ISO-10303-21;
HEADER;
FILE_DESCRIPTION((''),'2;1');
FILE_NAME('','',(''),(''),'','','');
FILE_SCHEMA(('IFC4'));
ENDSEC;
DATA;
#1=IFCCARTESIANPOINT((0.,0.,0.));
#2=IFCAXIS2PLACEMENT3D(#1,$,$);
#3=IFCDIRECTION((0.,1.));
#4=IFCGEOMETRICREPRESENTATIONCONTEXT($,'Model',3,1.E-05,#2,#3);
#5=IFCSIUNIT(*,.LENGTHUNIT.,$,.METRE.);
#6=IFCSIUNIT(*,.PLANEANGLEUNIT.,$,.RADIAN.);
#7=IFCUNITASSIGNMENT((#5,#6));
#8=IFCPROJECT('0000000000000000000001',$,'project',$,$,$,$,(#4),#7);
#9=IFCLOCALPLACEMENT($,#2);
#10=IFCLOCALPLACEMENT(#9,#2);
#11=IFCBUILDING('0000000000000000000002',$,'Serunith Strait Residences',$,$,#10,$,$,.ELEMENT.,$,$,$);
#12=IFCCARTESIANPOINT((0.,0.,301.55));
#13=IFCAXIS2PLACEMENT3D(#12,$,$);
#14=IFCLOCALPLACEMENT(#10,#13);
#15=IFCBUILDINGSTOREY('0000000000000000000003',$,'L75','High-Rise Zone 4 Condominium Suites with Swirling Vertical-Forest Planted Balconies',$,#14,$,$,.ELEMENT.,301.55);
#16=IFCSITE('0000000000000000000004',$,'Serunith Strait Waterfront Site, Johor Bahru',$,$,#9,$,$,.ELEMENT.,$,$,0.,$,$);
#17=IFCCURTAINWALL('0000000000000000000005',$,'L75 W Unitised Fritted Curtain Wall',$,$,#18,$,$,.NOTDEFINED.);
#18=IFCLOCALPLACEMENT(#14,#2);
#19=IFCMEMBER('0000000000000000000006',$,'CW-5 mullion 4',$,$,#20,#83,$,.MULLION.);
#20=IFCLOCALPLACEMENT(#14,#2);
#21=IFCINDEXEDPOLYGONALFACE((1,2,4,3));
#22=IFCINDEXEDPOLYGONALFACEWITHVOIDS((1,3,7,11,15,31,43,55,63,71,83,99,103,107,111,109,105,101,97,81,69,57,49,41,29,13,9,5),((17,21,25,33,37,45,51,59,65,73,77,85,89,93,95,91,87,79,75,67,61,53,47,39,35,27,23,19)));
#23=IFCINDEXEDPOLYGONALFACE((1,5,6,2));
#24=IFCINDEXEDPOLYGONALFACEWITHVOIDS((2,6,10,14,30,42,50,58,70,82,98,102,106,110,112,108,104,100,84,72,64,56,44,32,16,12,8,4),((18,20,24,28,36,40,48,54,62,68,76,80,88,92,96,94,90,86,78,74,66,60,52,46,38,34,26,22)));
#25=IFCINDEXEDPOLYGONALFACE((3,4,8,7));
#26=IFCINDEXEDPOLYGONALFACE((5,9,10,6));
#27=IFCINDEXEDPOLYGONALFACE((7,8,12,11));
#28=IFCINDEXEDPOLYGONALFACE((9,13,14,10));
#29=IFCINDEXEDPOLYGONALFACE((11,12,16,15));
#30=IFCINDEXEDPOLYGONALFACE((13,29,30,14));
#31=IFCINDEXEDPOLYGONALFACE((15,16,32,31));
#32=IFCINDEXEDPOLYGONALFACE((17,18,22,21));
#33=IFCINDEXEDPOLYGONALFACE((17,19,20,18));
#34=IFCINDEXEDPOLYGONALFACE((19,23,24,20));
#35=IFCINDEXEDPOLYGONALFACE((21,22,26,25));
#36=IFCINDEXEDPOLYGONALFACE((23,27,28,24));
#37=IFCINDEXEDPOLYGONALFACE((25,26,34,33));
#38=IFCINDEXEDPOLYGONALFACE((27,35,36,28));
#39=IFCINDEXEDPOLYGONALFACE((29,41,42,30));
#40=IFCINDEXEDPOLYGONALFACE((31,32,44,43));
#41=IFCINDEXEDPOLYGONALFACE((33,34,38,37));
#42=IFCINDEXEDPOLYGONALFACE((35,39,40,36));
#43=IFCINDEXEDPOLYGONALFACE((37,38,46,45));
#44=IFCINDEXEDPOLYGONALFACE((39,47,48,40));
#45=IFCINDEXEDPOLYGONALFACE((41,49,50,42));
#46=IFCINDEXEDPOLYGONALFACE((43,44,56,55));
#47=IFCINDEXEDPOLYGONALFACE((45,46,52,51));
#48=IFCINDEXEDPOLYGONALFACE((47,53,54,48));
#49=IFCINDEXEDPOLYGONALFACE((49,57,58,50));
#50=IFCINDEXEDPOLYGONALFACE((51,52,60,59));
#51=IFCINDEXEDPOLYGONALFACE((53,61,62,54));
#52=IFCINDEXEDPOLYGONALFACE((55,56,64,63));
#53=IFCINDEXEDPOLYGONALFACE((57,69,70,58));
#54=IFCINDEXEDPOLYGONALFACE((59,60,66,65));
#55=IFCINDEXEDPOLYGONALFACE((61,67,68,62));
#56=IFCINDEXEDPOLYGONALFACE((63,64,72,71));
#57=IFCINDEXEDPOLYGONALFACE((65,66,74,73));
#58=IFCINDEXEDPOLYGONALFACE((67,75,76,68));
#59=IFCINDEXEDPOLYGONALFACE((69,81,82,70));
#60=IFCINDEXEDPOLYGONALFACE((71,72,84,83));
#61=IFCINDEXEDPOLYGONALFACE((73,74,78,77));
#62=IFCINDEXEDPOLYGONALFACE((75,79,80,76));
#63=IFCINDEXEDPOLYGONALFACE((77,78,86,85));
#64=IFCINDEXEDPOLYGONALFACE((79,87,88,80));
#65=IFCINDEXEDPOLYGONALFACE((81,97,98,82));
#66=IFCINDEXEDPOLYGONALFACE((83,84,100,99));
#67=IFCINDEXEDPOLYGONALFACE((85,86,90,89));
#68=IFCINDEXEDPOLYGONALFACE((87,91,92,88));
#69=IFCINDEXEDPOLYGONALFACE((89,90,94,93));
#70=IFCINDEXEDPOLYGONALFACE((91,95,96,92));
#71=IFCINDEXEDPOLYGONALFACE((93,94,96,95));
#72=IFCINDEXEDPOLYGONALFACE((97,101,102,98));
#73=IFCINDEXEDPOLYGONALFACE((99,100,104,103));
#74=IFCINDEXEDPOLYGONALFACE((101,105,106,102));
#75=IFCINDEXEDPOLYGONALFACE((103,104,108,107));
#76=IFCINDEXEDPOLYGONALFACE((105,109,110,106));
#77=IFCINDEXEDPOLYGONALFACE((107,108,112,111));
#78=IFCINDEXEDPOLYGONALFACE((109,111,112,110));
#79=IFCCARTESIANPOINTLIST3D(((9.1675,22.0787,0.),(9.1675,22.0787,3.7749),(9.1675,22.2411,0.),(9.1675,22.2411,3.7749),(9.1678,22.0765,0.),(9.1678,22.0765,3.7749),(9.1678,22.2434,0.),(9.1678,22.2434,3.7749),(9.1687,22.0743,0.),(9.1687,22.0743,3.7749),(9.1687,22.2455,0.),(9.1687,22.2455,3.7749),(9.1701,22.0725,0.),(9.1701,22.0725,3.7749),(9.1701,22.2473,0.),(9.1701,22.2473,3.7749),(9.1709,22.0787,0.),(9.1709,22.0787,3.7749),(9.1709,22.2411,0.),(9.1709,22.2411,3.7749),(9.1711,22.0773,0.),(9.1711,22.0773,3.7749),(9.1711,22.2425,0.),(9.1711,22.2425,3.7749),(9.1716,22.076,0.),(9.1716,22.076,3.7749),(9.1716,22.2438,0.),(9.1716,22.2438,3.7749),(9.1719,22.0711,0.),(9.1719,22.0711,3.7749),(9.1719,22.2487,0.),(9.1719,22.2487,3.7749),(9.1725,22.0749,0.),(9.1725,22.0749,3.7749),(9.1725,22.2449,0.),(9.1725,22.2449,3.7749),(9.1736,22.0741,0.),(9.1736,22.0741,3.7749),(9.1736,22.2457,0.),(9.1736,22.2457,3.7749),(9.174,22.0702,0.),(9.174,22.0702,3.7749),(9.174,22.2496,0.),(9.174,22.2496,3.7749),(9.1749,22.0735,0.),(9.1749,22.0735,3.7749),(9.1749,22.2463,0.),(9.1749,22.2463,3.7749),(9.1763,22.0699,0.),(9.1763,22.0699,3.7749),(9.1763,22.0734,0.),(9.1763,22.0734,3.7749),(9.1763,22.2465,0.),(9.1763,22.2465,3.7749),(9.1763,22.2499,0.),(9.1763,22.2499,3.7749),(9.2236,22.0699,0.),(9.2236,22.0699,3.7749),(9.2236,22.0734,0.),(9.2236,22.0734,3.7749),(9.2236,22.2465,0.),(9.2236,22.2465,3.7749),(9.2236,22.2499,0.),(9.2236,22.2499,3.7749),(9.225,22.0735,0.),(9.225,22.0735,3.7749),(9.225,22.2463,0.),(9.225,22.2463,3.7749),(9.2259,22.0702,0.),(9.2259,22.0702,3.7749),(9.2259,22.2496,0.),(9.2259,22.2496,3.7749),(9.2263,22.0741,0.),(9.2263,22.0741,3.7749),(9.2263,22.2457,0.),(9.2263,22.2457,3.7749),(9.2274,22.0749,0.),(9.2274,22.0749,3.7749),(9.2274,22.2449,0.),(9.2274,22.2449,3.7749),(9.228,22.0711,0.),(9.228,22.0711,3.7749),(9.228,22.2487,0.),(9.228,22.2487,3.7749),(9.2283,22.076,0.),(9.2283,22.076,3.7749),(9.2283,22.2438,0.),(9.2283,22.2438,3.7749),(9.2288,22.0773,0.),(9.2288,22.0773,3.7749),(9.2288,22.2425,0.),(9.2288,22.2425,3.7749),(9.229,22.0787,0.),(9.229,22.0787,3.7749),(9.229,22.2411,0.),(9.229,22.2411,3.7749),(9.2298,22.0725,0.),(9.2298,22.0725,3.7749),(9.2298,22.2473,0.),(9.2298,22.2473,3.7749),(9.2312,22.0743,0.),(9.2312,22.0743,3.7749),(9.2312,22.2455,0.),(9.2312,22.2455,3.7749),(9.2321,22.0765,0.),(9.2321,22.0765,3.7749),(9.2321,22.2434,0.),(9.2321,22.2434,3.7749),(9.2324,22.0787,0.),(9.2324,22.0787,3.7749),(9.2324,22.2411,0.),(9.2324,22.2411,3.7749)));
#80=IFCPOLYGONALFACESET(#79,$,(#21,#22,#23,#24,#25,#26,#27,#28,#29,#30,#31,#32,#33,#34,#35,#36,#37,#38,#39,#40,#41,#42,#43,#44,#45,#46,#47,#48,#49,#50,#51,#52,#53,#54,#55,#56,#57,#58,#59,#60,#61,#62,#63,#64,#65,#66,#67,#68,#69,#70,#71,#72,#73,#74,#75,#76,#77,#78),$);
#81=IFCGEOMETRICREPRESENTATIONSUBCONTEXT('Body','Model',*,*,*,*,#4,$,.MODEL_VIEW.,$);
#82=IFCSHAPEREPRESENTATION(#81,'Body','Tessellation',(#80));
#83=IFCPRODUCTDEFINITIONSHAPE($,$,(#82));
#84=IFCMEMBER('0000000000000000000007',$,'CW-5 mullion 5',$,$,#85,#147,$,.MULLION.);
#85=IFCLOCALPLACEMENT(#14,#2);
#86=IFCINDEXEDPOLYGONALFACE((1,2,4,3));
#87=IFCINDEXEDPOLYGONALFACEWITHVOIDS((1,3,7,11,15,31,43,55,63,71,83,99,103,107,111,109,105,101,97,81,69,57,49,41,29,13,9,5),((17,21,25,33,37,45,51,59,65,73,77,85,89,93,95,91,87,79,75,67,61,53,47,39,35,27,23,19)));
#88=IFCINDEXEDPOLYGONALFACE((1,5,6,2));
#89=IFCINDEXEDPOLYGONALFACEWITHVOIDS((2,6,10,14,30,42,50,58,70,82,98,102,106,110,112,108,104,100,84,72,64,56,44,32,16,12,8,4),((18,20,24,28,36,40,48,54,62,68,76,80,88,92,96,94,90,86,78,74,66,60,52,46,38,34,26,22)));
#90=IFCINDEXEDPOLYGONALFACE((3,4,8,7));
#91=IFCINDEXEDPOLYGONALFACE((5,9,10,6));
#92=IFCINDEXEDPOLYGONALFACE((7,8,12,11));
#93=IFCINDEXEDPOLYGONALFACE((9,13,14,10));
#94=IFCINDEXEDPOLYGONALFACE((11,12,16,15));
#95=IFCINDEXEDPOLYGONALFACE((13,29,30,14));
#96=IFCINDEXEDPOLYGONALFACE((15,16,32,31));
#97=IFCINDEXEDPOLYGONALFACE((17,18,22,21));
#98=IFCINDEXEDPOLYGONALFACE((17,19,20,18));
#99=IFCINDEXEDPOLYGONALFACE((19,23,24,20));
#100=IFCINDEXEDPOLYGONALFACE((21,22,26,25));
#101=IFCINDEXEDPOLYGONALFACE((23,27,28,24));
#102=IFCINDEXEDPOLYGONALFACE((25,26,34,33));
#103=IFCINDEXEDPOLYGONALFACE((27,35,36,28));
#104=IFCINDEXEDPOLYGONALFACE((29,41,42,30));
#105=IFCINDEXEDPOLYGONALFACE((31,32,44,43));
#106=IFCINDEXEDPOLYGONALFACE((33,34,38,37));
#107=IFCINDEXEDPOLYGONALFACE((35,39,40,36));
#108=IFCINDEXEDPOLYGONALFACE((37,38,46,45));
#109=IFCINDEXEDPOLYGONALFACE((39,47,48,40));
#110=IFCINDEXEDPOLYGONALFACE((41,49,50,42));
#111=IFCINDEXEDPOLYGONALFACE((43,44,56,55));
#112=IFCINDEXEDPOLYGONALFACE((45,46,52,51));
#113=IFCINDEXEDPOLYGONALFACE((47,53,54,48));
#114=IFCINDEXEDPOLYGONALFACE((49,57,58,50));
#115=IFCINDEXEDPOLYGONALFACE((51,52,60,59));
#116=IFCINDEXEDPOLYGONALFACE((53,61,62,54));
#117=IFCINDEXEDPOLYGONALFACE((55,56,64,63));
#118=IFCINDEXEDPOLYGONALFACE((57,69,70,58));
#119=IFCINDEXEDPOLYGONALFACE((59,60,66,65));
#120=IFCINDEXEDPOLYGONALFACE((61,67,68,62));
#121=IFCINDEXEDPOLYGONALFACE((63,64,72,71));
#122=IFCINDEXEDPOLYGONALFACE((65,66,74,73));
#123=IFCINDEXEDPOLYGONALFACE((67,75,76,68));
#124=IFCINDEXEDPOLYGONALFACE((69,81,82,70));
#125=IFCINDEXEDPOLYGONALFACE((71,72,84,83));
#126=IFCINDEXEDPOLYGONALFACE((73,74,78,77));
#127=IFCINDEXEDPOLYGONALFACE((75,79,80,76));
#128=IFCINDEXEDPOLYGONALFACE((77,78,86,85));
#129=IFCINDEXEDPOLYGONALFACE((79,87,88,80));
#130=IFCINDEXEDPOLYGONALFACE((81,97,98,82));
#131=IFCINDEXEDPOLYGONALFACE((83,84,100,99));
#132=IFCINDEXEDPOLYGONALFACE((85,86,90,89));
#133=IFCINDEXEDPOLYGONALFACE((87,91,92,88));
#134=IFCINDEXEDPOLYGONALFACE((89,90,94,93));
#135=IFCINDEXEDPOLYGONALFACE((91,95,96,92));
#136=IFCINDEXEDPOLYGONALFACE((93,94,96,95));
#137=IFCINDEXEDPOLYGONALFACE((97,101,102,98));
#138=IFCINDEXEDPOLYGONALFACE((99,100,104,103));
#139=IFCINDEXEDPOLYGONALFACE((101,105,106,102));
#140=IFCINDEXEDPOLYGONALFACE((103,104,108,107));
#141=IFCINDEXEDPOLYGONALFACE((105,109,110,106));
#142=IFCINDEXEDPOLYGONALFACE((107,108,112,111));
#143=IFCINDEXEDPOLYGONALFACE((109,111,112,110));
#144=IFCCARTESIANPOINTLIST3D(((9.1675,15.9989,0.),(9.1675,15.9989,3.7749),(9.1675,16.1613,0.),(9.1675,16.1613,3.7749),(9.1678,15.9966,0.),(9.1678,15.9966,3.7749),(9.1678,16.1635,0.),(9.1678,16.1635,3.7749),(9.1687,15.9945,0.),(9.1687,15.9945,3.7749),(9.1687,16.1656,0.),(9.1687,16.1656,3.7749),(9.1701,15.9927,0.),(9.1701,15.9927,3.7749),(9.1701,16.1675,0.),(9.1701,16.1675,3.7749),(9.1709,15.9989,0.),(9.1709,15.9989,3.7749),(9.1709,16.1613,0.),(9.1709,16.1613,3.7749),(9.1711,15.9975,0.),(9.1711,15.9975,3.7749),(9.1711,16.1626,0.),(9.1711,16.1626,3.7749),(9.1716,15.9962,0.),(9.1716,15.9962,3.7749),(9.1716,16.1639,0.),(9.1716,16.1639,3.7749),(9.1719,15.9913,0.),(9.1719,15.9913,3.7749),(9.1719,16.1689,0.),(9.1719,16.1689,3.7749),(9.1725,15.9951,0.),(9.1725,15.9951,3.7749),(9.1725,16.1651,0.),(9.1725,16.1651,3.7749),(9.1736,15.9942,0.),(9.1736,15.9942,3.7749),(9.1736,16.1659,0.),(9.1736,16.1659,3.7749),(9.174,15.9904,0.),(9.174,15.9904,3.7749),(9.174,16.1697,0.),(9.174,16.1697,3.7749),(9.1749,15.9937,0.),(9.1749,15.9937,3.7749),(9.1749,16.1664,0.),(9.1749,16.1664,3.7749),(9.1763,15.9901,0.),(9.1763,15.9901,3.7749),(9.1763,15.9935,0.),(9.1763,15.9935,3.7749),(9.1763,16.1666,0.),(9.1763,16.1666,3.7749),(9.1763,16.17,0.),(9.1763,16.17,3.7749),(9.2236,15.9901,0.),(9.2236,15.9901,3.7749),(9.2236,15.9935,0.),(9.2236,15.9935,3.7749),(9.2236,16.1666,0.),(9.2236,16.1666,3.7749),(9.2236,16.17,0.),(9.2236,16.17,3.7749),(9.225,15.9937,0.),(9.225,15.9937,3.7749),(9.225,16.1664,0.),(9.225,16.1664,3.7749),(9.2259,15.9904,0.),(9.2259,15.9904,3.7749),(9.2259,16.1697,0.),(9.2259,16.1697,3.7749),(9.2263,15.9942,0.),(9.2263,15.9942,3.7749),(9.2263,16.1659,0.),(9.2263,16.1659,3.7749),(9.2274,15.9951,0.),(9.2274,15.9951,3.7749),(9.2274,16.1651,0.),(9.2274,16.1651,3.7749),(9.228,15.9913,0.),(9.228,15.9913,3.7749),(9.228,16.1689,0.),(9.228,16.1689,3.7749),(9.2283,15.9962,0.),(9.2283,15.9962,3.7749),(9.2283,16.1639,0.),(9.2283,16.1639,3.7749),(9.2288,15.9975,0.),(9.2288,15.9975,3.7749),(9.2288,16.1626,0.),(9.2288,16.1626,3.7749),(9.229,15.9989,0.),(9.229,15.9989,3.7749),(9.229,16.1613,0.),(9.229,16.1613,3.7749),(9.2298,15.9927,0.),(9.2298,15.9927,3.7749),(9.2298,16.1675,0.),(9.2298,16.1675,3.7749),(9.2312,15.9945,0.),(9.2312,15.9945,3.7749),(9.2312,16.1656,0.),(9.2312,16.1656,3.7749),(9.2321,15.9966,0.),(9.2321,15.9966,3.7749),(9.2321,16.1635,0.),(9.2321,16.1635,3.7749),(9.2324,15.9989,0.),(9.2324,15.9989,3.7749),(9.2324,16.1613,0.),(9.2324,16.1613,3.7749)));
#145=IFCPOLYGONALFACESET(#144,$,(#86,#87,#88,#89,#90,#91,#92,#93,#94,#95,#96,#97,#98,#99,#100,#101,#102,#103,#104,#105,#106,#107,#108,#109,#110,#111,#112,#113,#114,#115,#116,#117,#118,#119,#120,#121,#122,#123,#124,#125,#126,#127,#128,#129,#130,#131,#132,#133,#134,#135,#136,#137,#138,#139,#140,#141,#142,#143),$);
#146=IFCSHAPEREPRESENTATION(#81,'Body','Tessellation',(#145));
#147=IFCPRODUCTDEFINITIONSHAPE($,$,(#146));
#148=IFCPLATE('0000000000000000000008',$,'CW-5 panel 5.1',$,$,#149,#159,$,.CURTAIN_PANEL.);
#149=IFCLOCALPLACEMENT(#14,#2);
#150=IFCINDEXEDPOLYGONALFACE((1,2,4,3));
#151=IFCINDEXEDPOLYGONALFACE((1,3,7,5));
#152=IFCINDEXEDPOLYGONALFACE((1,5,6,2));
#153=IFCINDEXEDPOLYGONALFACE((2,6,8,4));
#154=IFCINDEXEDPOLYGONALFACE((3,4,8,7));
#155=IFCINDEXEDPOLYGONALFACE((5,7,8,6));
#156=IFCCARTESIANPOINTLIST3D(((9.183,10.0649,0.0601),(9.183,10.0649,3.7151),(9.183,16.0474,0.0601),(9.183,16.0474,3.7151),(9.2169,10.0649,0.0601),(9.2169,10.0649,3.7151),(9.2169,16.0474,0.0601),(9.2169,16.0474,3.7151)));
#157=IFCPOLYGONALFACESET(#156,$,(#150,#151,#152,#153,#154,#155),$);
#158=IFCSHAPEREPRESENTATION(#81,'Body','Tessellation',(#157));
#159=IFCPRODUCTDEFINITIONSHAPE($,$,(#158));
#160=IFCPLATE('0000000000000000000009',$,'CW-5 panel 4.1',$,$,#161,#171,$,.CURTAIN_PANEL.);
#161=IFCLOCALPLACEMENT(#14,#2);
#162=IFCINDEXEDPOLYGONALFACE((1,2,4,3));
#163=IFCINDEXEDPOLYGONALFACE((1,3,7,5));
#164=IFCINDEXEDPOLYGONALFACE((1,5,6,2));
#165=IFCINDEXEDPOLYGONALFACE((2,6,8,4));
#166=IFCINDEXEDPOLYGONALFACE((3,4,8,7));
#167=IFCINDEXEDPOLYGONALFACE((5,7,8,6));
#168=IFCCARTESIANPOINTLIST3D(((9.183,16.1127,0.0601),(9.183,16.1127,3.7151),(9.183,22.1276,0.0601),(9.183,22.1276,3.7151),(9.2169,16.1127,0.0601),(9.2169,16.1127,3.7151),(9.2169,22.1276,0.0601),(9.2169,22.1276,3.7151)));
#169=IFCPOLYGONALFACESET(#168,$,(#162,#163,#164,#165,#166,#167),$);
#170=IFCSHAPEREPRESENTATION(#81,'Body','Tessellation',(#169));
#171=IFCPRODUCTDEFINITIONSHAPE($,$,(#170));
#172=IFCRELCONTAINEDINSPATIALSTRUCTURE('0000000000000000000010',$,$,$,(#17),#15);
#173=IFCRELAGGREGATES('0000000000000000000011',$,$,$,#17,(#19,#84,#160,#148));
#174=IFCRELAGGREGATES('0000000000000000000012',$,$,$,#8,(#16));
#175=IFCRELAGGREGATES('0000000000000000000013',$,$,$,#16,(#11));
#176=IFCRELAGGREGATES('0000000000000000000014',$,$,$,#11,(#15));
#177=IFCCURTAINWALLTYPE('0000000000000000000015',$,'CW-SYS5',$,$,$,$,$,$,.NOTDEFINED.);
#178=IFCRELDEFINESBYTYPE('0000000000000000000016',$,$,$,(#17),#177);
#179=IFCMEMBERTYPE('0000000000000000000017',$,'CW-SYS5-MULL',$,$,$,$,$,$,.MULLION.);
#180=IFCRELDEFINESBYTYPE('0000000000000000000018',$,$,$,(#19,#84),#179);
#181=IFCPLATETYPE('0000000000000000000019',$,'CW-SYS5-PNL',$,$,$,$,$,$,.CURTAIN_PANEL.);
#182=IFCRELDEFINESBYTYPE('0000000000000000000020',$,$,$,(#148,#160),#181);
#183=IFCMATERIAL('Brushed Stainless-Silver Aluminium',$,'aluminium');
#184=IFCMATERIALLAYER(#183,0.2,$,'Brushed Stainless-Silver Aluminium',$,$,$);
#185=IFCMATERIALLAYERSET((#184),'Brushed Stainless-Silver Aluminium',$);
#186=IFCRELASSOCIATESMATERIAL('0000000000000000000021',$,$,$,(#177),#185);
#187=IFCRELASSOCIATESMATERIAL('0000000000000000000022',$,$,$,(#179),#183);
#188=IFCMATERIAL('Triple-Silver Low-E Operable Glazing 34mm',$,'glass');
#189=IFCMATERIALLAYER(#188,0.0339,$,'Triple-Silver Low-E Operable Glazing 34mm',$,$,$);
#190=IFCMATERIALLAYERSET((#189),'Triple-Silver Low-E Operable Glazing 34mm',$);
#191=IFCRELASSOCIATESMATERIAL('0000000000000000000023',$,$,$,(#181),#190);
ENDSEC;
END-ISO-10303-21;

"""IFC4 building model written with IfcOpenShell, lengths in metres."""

from ifc_helpers import new_model, si_unit, direction, frame, origin, origin_2d, place, context, subcontext, project, spatial, rectangle, hollow_rectangle, extrude, source, transform, mapped, material, layer, layer_set, material_profile, profile_set, type_object, element, aggregate, save


model = new_model("IFC4")

# Units and contexts
model_context = context("Model", 3, precision=1e-05, world=origin(), true_north=direction((0.0, 1.0)))
body_context = subcontext(model_context, "Body", "Model", "MODEL_VIEW")
ifc_project = project(units=[si_unit("LENGTHUNIT", "METRE"), si_unit("PLANEANGLEUNIT", "RADIAN")], contexts=[model_context])

# Site, building, storey
site_placement = place(None, origin())
site = spatial("IfcSite", under=ifc_project, at=site_placement, Name="Serunith Strait Waterfront Site, Johor Bahru", CompositionType="ELEMENT", RefElevation=0.0)
building_placement = place(site_placement, origin())
building = spatial("IfcBuilding", under=site, at=building_placement, Name="Serunith Strait Residences", CompositionType="ELEMENT")
storey_placement = place(building_placement, frame((0.0, 0.0, 301.55)))
storey = spatial("IfcBuildingStorey", under=building, at=storey_placement, Name="L75", Description="High-Rise Zone 4 Condominium Suites with Swirling Vertical-Forest Planted Balconies", CompositionType="ELEMENT", Elevation=301.55)

# Curtain wall, members, plates
ifc_material_1 = material(Name="Brushed Stainless-Silver Aluminium", Category="aluminium")
ifc_layer_1 = layer(ifc_material_1, 0.2, Name="Brushed Stainless-Silver Aluminium")
ifc_layer_set_1 = layer_set([ifc_layer_1], Name="Brushed Stainless-Silver Aluminium")
curtain_wall_type = type_object("IfcCurtainWallType", Name="CW-SYS5", PredefinedType="NOTDEFINED", material=ifc_layer_set_1)
curtain_wall_placement = place(storey_placement, origin())
curtain_wall = element("IfcCurtainWall", 1, at=curtain_wall_placement, inside=storey, type_object=curtain_wall_type, Name="L75 W Unitised Fritted Curtain Wall", PredefinedType="NOTDEFINED")
ifc_material_profile_1 = material_profile(ifc_material_1, hollow_rectangle(XDim=0.0649, YDim=0.1799, WallThickness=0.0034, InnerFilletRadius=0.0054, OuterFilletRadius=0.0088, at=origin_2d()), Name="ALU 180x65x3.5")
ifc_profile_set_1 = profile_set([ifc_material_profile_1], Name="Brushed Stainless-Silver Aluminium")
member_type_1 = type_object("IfcMemberType", Name="CW-SYS5-MULL", PredefinedType="MULLION", material=ifc_profile_set_1)
shared_shape_1 = source(origin(), body_context, "Body", "SweptSolid", [
    extrude(hollow_rectangle(XDim=0.0649, YDim=0.1799, WallThickness=0.0034, InnerFilletRadius=0.0054, OuterFilletRadius=0.0088, at=origin_2d()), origin(), (0.0, 0.0, 1.0), 3.7749),
])
member_1_placement = place(storey_placement, frame((9.2, 22.1599, 0.0), z_axis=(0.0, 0.0, 1.0), x_axis=(1.0, 0.0, 0.0)))
member_1 = element("IfcMember", 2, at=member_1_placement, type_object=member_type_1, Name="CW-5 mullion 4", PredefinedType="MULLION", context=body_context, shape_type="MappedRepresentation", body=[
    mapped(shared_shape_1, transform((0.0, 0.0, 0.0), scale=1.0)),
])
member_2_placement = place(storey_placement, frame((9.2, 16.0801, 0.0), z_axis=(0.0, 0.0, 1.0), x_axis=(1.0, 0.0, 0.0)))
member_2 = element("IfcMember", 3, at=member_2_placement, type_object=member_type_1, Name="CW-5 mullion 5", PredefinedType="MULLION", context=body_context, shape_type="MappedRepresentation", body=[
    mapped(shared_shape_1, transform((0.0, 0.0, 0.0), scale=1.0)),
])
ifc_material_2 = material(Name="Triple-Silver Low-E Operable Glazing 34mm", Category="glass")
ifc_layer_2 = layer(ifc_material_2, 0.0339, Name="Triple-Silver Low-E Operable Glazing 34mm")
ifc_layer_set_2 = layer_set([ifc_layer_2], Name="Triple-Silver Low-E Operable Glazing 34mm")
plate_type = type_object("IfcPlateType", Name="CW-SYS5-PNL", PredefinedType="CURTAIN_PANEL", material=ifc_layer_set_2)
shared_shape_2 = source(origin(), body_context, "Body", "SweptSolid", [
    extrude(rectangle(XDim=5.9824, YDim=0.0339, at=origin_2d()), origin(), (0.0, 0.0, 1.0), 3.655),
])
plate_1_placement = place(storey_placement, frame((9.2, 13.0562, 0.0601), z_axis=(0.0, 0.0, 1.0), x_axis=(0.0, -1.0, 0.0)))
plate_1 = element("IfcPlate", 4, at=plate_1_placement, type_object=plate_type, Name="CW-5 panel 5.1", PredefinedType="CURTAIN_PANEL", context=body_context, shape_type="MappedRepresentation", body=[
    mapped(shared_shape_2, transform((0.0, 0.0, 0.0), scale=1.0)),
])
shared_shape_3 = source(origin(), body_context, "Body", "SweptSolid", [
    extrude(rectangle(XDim=6.0149, YDim=0.0339, at=origin_2d()), origin(), (0.0, 0.0, 1.0), 3.655),
])
plate_2_placement = place(storey_placement, frame((9.2, 19.1201, 0.0601), z_axis=(0.0, 0.0, 1.0), x_axis=(0.0, -1.0, 0.0)))
plate_2 = element("IfcPlate", 5, at=plate_2_placement, type_object=plate_type, Name="CW-5 panel 4.1", PredefinedType="CURTAIN_PANEL", context=body_context, shape_type="MappedRepresentation", body=[
    mapped(shared_shape_3, transform((0.0, 0.0, 0.0), scale=1.0)),
])
aggregate(curtain_wall, [member_1, member_2, plate_2, plate_1])

save(model, "model.ifc")
